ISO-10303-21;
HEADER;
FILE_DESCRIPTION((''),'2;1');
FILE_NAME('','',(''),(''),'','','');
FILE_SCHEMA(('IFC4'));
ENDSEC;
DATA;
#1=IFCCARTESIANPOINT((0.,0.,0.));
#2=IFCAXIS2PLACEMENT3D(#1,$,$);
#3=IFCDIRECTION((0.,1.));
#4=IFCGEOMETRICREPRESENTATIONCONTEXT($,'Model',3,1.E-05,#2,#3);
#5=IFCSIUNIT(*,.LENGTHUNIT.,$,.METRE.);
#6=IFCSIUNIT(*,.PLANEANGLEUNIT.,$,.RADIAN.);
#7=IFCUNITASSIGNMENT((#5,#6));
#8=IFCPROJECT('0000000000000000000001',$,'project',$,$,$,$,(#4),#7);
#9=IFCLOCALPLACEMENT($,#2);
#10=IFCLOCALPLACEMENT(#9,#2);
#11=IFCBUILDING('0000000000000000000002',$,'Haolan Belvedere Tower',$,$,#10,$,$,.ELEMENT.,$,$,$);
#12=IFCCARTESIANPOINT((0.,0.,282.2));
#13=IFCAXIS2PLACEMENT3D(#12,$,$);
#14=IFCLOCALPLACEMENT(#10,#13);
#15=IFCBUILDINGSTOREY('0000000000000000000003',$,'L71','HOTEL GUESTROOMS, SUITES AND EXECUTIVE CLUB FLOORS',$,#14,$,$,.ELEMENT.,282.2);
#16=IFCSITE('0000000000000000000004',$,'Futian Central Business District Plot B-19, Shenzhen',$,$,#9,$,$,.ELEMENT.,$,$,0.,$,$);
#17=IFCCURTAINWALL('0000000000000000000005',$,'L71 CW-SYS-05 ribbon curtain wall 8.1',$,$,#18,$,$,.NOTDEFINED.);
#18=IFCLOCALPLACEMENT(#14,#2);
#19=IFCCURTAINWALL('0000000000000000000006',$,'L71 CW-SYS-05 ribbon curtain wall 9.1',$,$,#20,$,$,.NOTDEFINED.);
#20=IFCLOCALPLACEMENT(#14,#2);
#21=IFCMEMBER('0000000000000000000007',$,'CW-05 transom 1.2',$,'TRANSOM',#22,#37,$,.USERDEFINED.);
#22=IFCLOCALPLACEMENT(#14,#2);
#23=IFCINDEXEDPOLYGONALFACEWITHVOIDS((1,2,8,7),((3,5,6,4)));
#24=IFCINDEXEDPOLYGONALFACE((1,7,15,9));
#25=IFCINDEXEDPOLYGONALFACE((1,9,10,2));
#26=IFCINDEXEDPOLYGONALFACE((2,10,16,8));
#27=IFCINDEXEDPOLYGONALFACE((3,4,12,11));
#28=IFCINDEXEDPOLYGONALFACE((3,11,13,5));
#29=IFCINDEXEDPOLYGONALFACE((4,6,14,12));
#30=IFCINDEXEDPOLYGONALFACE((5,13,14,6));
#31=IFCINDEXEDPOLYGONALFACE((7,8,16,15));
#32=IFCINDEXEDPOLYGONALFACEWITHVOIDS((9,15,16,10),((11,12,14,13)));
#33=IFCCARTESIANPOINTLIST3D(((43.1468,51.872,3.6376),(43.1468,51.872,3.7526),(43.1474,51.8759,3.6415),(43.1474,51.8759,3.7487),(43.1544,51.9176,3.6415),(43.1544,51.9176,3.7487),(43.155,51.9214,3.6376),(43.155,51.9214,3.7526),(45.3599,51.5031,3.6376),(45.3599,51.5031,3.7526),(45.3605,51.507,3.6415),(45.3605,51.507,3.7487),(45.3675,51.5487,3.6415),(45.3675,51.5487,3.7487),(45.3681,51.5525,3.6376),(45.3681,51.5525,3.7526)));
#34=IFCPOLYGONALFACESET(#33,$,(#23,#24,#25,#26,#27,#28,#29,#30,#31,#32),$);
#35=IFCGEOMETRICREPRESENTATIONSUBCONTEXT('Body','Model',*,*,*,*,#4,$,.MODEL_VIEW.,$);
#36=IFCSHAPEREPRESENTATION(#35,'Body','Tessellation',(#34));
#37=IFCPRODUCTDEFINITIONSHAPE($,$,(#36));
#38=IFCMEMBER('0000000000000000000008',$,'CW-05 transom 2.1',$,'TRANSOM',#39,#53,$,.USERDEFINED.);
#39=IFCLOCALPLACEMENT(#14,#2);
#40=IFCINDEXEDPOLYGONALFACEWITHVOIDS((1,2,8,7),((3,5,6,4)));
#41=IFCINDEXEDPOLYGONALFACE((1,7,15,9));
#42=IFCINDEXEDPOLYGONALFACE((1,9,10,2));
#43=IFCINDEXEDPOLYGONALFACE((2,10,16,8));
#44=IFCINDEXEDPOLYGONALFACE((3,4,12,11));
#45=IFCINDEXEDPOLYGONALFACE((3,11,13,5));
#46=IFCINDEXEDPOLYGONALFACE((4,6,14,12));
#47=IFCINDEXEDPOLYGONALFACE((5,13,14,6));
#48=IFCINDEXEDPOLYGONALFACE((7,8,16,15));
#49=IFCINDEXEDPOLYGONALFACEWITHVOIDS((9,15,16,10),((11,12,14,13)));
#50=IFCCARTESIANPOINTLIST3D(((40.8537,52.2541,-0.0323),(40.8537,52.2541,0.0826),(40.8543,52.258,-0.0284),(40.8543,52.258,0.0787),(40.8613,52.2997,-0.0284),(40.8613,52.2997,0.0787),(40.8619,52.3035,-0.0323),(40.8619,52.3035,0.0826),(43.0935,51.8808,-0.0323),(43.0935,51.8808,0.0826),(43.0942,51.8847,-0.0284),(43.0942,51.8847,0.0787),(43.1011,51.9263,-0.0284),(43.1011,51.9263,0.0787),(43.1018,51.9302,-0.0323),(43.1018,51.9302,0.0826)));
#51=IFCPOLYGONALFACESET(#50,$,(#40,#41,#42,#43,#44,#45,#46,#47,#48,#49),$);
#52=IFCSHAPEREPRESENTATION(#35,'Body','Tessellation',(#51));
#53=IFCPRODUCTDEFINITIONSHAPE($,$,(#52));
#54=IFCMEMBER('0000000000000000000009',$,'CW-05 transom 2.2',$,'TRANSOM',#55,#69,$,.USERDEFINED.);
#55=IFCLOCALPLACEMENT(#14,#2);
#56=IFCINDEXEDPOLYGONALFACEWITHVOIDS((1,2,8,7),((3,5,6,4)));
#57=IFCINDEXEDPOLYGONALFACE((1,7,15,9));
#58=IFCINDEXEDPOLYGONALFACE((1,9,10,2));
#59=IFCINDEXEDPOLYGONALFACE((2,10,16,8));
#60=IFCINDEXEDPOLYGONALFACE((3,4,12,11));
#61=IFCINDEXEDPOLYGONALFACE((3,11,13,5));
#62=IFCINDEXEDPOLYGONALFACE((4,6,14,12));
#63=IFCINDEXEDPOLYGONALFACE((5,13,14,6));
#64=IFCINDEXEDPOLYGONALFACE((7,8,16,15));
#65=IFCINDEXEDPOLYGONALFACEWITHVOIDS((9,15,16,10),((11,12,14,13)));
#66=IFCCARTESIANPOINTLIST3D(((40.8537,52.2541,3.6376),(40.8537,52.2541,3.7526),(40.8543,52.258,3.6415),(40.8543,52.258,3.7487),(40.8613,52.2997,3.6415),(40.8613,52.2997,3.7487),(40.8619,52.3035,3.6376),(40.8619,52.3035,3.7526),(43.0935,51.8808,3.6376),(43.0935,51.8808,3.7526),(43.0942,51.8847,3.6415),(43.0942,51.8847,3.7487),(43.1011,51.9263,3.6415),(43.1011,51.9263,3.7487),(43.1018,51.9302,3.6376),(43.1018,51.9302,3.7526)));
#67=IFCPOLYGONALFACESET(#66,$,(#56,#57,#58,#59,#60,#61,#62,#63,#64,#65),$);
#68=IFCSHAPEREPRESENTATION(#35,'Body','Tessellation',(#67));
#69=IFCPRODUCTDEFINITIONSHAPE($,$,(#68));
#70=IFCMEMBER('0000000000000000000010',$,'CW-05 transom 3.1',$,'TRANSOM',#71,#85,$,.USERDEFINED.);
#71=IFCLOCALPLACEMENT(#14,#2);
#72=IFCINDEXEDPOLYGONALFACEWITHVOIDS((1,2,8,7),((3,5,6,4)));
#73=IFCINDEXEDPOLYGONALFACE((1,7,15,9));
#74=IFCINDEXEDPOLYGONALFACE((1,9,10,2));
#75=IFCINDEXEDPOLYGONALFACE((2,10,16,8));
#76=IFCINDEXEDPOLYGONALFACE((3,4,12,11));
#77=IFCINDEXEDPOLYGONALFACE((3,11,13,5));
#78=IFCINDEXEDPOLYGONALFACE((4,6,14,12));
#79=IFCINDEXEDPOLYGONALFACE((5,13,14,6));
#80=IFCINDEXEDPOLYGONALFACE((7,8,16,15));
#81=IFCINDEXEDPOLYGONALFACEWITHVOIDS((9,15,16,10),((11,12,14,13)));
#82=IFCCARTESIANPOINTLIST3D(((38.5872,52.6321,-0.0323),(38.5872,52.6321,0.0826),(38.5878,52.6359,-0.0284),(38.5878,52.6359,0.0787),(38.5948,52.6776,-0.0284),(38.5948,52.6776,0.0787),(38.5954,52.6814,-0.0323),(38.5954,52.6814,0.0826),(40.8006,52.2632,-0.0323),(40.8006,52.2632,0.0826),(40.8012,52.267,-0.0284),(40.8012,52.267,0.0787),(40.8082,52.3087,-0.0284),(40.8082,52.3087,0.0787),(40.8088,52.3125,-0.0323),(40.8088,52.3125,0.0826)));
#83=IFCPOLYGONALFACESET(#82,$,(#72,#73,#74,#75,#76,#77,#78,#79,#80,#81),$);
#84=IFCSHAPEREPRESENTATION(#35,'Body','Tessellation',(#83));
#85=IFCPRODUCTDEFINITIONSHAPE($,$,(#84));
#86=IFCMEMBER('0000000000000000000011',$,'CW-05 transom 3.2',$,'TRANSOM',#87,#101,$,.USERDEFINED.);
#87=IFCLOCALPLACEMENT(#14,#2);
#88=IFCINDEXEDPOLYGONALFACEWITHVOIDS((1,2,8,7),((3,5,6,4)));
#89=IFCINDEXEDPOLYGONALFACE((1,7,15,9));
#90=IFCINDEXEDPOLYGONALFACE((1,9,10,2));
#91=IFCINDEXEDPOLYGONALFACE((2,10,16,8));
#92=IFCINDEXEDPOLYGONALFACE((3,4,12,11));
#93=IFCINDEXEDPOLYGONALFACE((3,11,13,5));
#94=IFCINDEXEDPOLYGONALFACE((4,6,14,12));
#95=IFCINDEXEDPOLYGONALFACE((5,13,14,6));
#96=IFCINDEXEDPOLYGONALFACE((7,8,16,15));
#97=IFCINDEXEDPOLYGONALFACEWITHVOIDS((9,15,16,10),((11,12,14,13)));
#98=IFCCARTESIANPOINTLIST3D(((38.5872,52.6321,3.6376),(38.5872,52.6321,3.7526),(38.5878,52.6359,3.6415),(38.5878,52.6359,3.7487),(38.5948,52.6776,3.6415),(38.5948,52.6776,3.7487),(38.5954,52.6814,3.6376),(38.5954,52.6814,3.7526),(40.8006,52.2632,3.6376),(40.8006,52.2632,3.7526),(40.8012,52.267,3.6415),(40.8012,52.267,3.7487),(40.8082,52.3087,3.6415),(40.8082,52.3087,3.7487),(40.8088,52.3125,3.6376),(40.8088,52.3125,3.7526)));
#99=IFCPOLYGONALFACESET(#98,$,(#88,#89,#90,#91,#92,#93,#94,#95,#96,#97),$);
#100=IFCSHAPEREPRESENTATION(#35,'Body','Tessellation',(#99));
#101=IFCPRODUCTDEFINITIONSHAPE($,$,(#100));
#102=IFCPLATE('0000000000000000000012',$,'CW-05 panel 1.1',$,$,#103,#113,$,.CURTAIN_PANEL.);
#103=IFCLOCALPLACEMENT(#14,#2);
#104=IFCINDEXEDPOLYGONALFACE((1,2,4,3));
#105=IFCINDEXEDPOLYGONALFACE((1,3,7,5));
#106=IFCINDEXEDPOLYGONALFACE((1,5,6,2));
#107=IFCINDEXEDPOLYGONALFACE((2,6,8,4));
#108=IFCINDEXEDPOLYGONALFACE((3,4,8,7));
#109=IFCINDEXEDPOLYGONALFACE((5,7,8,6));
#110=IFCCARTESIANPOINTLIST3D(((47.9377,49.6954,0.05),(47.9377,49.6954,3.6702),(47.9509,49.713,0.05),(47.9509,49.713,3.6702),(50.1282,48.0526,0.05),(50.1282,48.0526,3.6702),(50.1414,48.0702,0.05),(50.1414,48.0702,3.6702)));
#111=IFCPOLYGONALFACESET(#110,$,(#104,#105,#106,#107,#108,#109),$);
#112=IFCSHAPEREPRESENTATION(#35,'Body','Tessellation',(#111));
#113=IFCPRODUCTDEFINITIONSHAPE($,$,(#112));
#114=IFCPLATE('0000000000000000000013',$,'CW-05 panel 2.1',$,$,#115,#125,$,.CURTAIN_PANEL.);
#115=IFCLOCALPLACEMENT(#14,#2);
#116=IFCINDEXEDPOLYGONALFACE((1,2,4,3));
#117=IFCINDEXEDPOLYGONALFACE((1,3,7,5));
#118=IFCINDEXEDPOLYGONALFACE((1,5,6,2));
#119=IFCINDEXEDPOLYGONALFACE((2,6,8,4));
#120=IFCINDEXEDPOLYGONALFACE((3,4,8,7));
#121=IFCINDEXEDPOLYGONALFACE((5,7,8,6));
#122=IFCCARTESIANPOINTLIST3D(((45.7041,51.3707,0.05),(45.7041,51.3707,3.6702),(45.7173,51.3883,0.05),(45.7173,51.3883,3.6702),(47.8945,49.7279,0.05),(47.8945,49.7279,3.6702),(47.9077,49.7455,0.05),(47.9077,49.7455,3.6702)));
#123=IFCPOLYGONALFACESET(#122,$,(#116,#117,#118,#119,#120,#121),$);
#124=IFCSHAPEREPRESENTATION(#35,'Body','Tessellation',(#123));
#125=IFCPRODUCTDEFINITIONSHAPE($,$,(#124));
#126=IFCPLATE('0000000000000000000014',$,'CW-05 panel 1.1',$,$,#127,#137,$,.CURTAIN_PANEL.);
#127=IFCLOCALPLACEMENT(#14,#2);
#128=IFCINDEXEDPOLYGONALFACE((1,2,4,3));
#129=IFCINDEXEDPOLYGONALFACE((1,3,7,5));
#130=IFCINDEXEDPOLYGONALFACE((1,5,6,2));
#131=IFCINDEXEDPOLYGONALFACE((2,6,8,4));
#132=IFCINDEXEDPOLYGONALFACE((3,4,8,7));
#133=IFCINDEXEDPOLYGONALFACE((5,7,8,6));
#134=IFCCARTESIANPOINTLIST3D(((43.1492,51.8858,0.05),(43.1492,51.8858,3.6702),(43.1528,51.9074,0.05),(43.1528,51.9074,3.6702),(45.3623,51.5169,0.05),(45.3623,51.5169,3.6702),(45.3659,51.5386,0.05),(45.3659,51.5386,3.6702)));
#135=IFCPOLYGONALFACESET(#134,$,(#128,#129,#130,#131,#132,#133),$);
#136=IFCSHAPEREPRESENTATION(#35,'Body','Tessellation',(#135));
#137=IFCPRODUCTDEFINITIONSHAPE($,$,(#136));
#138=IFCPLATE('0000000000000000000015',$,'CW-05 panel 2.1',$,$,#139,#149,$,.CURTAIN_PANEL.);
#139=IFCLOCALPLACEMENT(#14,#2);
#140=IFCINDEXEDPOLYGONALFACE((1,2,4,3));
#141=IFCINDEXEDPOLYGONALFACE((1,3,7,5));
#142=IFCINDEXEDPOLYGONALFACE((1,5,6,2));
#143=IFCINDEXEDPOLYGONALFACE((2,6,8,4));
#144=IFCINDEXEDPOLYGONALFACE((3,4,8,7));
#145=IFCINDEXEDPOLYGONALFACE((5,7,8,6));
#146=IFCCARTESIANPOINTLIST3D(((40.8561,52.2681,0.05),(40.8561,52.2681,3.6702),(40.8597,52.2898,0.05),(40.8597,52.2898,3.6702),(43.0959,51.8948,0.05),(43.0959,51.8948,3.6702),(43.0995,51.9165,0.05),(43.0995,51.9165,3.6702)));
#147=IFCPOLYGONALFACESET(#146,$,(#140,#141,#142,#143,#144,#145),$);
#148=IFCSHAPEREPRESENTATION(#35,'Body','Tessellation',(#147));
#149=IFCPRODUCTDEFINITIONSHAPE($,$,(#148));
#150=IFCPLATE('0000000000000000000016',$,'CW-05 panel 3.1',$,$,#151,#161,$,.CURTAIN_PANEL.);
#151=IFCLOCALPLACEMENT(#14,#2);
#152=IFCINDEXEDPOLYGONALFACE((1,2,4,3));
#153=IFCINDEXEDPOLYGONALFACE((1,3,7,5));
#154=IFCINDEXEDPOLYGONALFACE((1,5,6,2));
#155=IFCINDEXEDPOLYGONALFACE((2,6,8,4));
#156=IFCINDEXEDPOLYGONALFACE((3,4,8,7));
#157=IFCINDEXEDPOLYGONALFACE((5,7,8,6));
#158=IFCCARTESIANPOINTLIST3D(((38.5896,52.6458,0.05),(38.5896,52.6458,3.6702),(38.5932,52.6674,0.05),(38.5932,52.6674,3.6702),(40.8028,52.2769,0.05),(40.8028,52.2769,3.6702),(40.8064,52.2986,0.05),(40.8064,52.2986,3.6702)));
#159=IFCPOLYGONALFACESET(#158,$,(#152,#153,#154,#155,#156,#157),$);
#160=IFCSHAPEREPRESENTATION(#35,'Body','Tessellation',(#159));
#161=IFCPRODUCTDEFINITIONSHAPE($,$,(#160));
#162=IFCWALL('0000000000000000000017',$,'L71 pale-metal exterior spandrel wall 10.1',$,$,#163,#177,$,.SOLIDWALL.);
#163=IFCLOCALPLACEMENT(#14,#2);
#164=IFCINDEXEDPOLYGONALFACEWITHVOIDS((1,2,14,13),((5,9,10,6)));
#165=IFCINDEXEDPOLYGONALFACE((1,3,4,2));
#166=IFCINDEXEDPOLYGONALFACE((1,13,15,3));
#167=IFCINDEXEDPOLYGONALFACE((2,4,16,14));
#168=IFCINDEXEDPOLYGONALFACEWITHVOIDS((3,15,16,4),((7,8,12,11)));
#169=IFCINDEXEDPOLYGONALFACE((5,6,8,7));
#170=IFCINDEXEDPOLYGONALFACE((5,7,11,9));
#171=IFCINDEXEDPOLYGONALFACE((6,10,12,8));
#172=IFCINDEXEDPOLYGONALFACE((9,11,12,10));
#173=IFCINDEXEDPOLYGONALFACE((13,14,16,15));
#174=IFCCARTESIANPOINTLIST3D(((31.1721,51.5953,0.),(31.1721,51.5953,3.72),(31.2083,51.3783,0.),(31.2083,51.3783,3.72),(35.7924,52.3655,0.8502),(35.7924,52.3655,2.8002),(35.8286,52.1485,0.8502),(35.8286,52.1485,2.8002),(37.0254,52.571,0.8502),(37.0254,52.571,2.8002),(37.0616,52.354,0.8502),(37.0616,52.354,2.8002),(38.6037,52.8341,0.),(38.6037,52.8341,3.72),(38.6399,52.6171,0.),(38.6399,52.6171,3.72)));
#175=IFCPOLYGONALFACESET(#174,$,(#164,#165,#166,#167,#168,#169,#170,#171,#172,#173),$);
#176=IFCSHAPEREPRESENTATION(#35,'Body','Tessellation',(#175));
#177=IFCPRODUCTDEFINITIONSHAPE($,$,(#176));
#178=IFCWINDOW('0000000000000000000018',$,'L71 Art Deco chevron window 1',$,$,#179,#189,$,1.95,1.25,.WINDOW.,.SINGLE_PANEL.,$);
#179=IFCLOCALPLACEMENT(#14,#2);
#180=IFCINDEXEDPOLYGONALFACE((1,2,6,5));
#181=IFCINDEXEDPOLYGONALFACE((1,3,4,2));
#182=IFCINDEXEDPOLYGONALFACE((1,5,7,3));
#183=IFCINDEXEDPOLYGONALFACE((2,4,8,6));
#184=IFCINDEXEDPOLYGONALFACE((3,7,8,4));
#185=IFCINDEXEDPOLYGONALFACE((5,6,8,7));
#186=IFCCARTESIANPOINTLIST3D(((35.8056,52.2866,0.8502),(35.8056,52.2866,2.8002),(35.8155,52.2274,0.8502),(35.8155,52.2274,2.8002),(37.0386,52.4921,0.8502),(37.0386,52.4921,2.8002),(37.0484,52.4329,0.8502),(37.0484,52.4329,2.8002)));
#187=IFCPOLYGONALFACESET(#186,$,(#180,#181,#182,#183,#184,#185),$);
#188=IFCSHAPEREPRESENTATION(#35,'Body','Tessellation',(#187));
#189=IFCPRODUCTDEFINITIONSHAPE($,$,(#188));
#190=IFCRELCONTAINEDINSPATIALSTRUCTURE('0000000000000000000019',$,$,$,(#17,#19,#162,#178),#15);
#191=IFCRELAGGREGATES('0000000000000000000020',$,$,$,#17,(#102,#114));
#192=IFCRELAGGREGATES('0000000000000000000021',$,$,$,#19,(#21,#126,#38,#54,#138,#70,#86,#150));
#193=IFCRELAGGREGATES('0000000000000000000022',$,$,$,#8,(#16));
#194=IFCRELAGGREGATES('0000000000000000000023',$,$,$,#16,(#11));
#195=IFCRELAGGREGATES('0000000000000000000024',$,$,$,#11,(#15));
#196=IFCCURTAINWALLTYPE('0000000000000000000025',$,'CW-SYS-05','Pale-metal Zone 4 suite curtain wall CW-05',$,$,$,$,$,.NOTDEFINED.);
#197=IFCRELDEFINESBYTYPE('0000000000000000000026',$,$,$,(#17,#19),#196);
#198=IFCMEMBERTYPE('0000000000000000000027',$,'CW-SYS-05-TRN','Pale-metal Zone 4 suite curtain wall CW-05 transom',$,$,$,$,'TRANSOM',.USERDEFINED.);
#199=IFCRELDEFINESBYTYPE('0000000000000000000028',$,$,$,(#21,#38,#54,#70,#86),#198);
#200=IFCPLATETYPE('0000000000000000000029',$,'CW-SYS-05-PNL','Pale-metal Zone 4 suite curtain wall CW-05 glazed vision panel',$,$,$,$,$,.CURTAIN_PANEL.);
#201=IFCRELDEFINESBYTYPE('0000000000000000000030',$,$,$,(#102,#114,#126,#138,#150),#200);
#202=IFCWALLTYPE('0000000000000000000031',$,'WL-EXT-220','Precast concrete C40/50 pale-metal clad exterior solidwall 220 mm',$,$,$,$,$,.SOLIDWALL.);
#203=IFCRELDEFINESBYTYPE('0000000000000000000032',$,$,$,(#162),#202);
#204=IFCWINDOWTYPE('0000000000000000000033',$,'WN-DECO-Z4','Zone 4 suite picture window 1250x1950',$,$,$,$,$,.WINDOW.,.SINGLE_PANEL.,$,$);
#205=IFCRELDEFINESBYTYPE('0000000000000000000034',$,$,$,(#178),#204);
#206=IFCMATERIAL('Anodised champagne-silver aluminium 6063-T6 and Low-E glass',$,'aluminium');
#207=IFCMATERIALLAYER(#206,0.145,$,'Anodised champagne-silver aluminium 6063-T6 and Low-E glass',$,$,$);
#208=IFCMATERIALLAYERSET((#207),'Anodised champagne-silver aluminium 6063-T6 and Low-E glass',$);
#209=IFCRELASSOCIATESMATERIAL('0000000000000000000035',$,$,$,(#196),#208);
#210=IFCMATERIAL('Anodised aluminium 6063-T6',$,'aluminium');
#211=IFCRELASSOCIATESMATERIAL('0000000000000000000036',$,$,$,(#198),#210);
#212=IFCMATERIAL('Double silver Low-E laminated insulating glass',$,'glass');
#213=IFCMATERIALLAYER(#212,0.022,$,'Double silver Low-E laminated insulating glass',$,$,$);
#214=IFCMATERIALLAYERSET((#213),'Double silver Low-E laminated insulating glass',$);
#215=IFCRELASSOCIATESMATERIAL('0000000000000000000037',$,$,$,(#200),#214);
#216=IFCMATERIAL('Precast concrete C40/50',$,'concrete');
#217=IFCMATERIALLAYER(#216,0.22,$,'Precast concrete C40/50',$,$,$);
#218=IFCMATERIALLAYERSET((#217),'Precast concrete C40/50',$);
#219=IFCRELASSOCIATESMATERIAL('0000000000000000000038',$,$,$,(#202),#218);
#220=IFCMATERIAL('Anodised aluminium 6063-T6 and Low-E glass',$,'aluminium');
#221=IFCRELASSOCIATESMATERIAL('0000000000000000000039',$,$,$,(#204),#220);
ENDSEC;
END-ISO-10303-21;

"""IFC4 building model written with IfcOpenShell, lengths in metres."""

from ifc_helpers import new_model, si_unit, direction, frame, frame_2d, origin, origin_2d, place, context, subcontext, project, spatial, rectangle, hollow_rectangle, extrude, material, layer, layer_set, material_profile, profile_set, type_object, element, fill, aggregate, save


model = new_model("IFC4")

# Units and contexts
model_context = context("Model", 3, precision=1e-05, world=origin(), true_north=direction((0.0, 1.0)))
body_context = subcontext(model_context, "Body", "Model", "MODEL_VIEW")
ifc_project = project(units=[si_unit("LENGTHUNIT", "METRE"), si_unit("PLANEANGLEUNIT", "RADIAN")], contexts=[model_context])

# Site, building, storey
site_placement = place(None, origin())
site = spatial("IfcSite", under=ifc_project, at=site_placement, Name="Futian Central Business District Plot B-19, Shenzhen", CompositionType="ELEMENT", RefElevation=0.0)
building_placement = place(site_placement, origin())
building = spatial("IfcBuilding", under=site, at=building_placement, Name="Haolan Belvedere Tower", CompositionType="ELEMENT")
storey_placement = place(building_placement, frame((0.0, 0.0, 282.2)))
storey = spatial("IfcBuildingStorey", under=building, at=storey_placement, Name="L71", Description="HOTEL GUESTROOMS, SUITES AND EXECUTIVE CLUB FLOORS", CompositionType="ELEMENT", Elevation=282.2)

# Curtain walls
ifc_material_1 = material(Name="Anodised champagne-silver aluminium 6063-T6 and Low-E glass", Category="aluminium")
ifc_layer_1 = layer(ifc_material_1, 0.145, Name="Anodised champagne-silver aluminium 6063-T6 and Low-E glass")
ifc_layer_set_1 = layer_set([ifc_layer_1], Name="Anodised champagne-silver aluminium 6063-T6 and Low-E glass")
curtain_wall_type = type_object("IfcCurtainWallType", Name="CW-SYS-05", Description="Pale-metal Zone 4 suite curtain wall CW-05", PredefinedType="NOTDEFINED", material=ifc_layer_set_1)
curtain_wall_1_placement = place(storey_placement, origin())
curtain_wall_1 = element("IfcCurtainWall", 1, at=curtain_wall_1_placement, inside=storey, type_object=curtain_wall_type, Name="L71 CW-SYS-05 ribbon curtain wall 8.1", PredefinedType="NOTDEFINED")
ifc_material_2 = material(Name="Anodised aluminium 6063-T6", Category="aluminium")
curtain_wall_2_placement = place(storey_placement, origin())
curtain_wall_2 = element("IfcCurtainWall", 2, at=curtain_wall_2_placement, inside=storey, type_object=curtain_wall_type, Name="L71 CW-SYS-05 ribbon curtain wall 9.1", PredefinedType="NOTDEFINED")

# Members
ifc_material_profile_1 = material_profile(ifc_material_2, hollow_rectangle(XDim=0.05, YDim=0.115, WallThickness=0.0039, at=origin_2d()), Name="Anodised aluminium 6063-T6")
ifc_profile_set_1 = profile_set([ifc_material_profile_1], Name="Anodised aluminium 6063-T6")
member_type_1 = type_object("IfcMemberType", Name="CW-SYS-05-TRN", Description="Pale-metal Zone 4 suite curtain wall CW-05 transom", ElementType="TRANSOM", PredefinedType="USERDEFINED", material=ifc_profile_set_1)
member_1_placement = place(storey_placement, frame((45.364, 51.5278, 3.6951), z_axis=(-0.986391, 0.164417, 0.0), x_axis=(-0.164417, -0.986391, 0.0)))
member_1 = element("IfcMember", 3, at=member_1_placement, type_object=member_type_1, Name="CW-05 transom 1.2", ObjectType="TRANSOM", PredefinedType="USERDEFINED", context=body_context, shape_type="SweptSolid", body=[
    extrude(hollow_rectangle(XDim=0.05, YDim=0.115, WallThickness=0.0039, at=origin_2d()), origin(), (0.0, 0.0, 1.0), 2.2437),
])
member_2_placement = place(storey_placement, frame((43.0977, 51.9055, 0.0251), z_axis=(-0.986394, 0.164399, 0.0), x_axis=(-0.164399, -0.986394, 0.0)))
member_2 = element("IfcMember", 4, at=member_2_placement, type_object=member_type_1, Name="CW-05 transom 2.1", ObjectType="TRANSOM", PredefinedType="USERDEFINED", context=body_context, shape_type="SweptSolid", body=[
    extrude(hollow_rectangle(XDim=0.05, YDim=0.115, WallThickness=0.0039, at=origin_2d()), origin(), (0.0, 0.0, 1.0), 2.2708),
])
member_3_placement = place(storey_placement, frame((43.0977, 51.9055, 3.6951), z_axis=(-0.986394, 0.164399, 0.0), x_axis=(-0.164399, -0.986394, 0.0)))
member_3 = element("IfcMember", 5, at=member_3_placement, type_object=member_type_1, Name="CW-05 transom 2.2", ObjectType="TRANSOM", PredefinedType="USERDEFINED", context=body_context, shape_type="SweptSolid", body=[
    extrude(hollow_rectangle(XDim=0.05, YDim=0.115, WallThickness=0.0039, at=origin_2d()), origin(), (0.0, 0.0, 1.0), 2.2708),
])
member_4_placement = place(storey_placement, frame((40.8047, 52.2878, 0.0251), z_axis=(-0.986394, 0.164399, 0.0), x_axis=(-0.164399, -0.986394, 0.0)))
member_4 = element("IfcMember", 6, at=member_4_placement, type_object=member_type_1, Name="CW-05 transom 3.1", ObjectType="TRANSOM", PredefinedType="USERDEFINED", context=body_context, shape_type="SweptSolid", body=[
    extrude(hollow_rectangle(XDim=0.05, YDim=0.115, WallThickness=0.0039, at=origin_2d()), origin(), (0.0, 0.0, 1.0), 2.2439),
])
member_5_placement = place(storey_placement, frame((40.8047, 52.2878, 3.6951), z_axis=(-0.986394, 0.164399, 0.0), x_axis=(-0.164399, -0.986394, 0.0)))
member_5 = element("IfcMember", 7, at=member_5_placement, type_object=member_type_1, Name="CW-05 transom 3.2", ObjectType="TRANSOM", PredefinedType="USERDEFINED", context=body_context, shape_type="SweptSolid", body=[
    extrude(hollow_rectangle(XDim=0.05, YDim=0.115, WallThickness=0.0039, at=origin_2d()), origin(), (0.0, 0.0, 1.0), 2.2439),
])

# Plates
ifc_material_3 = material(Name="Double silver Low-E laminated insulating glass", Category="glass")
ifc_layer_2 = layer(ifc_material_3, 0.022, Name="Double silver Low-E laminated insulating glass")
ifc_layer_set_2 = layer_set([ifc_layer_2], Name="Double silver Low-E laminated insulating glass")
plate_type = type_object("IfcPlateType", Name="CW-SYS-05-PNL", Description="Pale-metal Zone 4 suite curtain wall CW-05 glazed vision panel", PredefinedType="CURTAIN_PANEL", material=ifc_layer_set_2)
plate_1_placement = place(storey_placement, frame((49.0396, 48.8828, 0.05), z_axis=(0.0, 0.0, 1.0), x_axis=(-0.799998, 0.600003, 0.0)))
plate_1 = element("IfcPlate", 8, at=plate_1_placement, type_object=plate_type, Name="CW-05 panel 1.1", PredefinedType="CURTAIN_PANEL", context=body_context, shape_type="SweptSolid", body=[
    extrude(rectangle(XDim=2.738, YDim=0.022, at=origin_2d()), origin(), (0.0, 0.0, 1.0), 3.6201),
])
plate_2_placement = place(storey_placement, frame((46.8059, 50.5581, 0.05), z_axis=(0.0, 0.0, 1.0), x_axis=(-0.799998, 0.600003, 0.0)))
plate_2 = element("IfcPlate", 9, at=plate_2_placement, type_object=plate_type, Name="CW-05 panel 2.1", PredefinedType="CURTAIN_PANEL", context=body_context, shape_type="SweptSolid", body=[
    extrude(rectangle(XDim=2.738, YDim=0.022, at=origin_2d()), origin(), (0.0, 0.0, 1.0), 3.6201),
])
aggregate(curtain_wall_1, [plate_1, plate_2])
plate_3_placement = place(storey_placement, frame((44.2576, 51.7122, 0.05), z_axis=(0.0, 0.0, 1.0), x_axis=(-0.986393, 0.164406, 0.0)))
plate_3 = element("IfcPlate", 10, at=plate_3_placement, type_object=plate_type, Name="CW-05 panel 1.1", PredefinedType="CURTAIN_PANEL", context=body_context, shape_type="SweptSolid", body=[
    extrude(rectangle(XDim=2.2437, YDim=0.022, at=origin_2d()), origin(), (0.0, 0.0, 1.0), 3.6201),
])
plate_4_placement = place(storey_placement, frame((41.9778, 52.0923, 0.05), z_axis=(0.0, 0.0, 1.0), x_axis=(-0.986393, 0.164406, 0.0)))
plate_4 = element("IfcPlate", 11, at=plate_4_placement, type_object=plate_type, Name="CW-05 panel 2.1", PredefinedType="CURTAIN_PANEL", context=body_context, shape_type="SweptSolid", body=[
    extrude(rectangle(XDim=2.2708, YDim=0.022, at=origin_2d()), origin(), (0.0, 0.0, 1.0), 3.6201),
])
plate_5_placement = place(storey_placement, frame((39.698, 52.4722, 0.05), z_axis=(0.0, 0.0, 1.0), x_axis=(-0.986393, 0.164406, 0.0)))
plate_5 = element("IfcPlate", 12, at=plate_5_placement, type_object=plate_type, Name="CW-05 panel 3.1", PredefinedType="CURTAIN_PANEL", context=body_context, shape_type="SweptSolid", body=[
    extrude(rectangle(XDim=2.2437, YDim=0.022, at=origin_2d()), origin(), (0.0, 0.0, 1.0), 3.6201),
])
aggregate(curtain_wall_2, [member_1, plate_3, member_2, member_3, plate_4, member_4, member_5, plate_5])

# Wall, opening, window
ifc_material_4 = material(Name="Precast concrete C40/50", Category="concrete")
ifc_layer_3 = layer(ifc_material_4, 0.22, Name="Precast concrete C40/50")
ifc_layer_set_3 = layer_set([ifc_layer_3], Name="Precast concrete C40/50")
wall_type_1 = type_object("IfcWallType", Name="WL-EXT-220", Description="Precast concrete C40/50 pale-metal clad exterior solidwall 220 mm", PredefinedType="SOLIDWALL", material=ifc_layer_set_3)
wall_1_placement = place(storey_placement, frame((38.6218, 52.7256, 0.0), z_axis=(0.0, 0.0, 1.0), x_axis=(-0.98639, -0.16442, 0.0)))
wall_1 = element("IfcWall", 13, at=wall_1_placement, inside=storey, type_object=wall_type_1, Name="L71 pale-metal exterior spandrel wall 10.1", PredefinedType="SOLIDWALL", context=body_context, shape_type="SweptSolid", body=[
    extrude(rectangle(XDim=7.5342, YDim=0.22, at=frame_2d((3.7671, 0.0))), origin(), (0.0, 0.0, 1.0), 3.72),
])
opening_placement = place(wall_1_placement, frame((1.6001, 0.0, 0.8501)))
opening = element("IfcOpeningElement", 14, at=opening_placement, cuts=wall_1, PredefinedType="OPENING", context=body_context, shape_type="SweptSolid", body=[
    extrude(rectangle(XDim=1.25, YDim=1.95, at=frame_2d((0.625, 0.9751))), frame((0.0, 0.1199, 0.0), z_axis=(0.0, -1.0, 0.0), x_axis=(1.0, 0.0, 0.0)), (0.0, 0.0, 1.0), 0.24),
])
ifc_material_5 = material(Name="Anodised aluminium 6063-T6 and Low-E glass", Category="aluminium")
window_type = type_object("IfcWindowType", Name="WN-DECO-Z4", Description="Zone 4 suite picture window 1250x1950", PartitioningType="SINGLE_PANEL", PredefinedType="WINDOW", material=ifc_material_5)
window_placement = place(opening_placement, origin())
window = element("IfcWindow", 15, at=window_placement, inside=storey, type_object=window_type, Name="L71 Art Deco chevron window 1", OverallHeight=1.95, OverallWidth=1.25, PartitioningType="SINGLE_PANEL", PredefinedType="WINDOW", context=body_context, shape_type="SweptSolid", body=[
    extrude(rectangle(XDim=1.25, YDim=1.95, at=frame_2d((0.625, 0.9751))), frame((0.0, 0.03, 0.0), z_axis=(0.0, -1.0, 0.0), x_axis=(1.0, 0.0, 0.0)), (0.0, 0.0, 1.0), 0.0601),
])
fill(opening, window)

save(model, "model.ifc")
